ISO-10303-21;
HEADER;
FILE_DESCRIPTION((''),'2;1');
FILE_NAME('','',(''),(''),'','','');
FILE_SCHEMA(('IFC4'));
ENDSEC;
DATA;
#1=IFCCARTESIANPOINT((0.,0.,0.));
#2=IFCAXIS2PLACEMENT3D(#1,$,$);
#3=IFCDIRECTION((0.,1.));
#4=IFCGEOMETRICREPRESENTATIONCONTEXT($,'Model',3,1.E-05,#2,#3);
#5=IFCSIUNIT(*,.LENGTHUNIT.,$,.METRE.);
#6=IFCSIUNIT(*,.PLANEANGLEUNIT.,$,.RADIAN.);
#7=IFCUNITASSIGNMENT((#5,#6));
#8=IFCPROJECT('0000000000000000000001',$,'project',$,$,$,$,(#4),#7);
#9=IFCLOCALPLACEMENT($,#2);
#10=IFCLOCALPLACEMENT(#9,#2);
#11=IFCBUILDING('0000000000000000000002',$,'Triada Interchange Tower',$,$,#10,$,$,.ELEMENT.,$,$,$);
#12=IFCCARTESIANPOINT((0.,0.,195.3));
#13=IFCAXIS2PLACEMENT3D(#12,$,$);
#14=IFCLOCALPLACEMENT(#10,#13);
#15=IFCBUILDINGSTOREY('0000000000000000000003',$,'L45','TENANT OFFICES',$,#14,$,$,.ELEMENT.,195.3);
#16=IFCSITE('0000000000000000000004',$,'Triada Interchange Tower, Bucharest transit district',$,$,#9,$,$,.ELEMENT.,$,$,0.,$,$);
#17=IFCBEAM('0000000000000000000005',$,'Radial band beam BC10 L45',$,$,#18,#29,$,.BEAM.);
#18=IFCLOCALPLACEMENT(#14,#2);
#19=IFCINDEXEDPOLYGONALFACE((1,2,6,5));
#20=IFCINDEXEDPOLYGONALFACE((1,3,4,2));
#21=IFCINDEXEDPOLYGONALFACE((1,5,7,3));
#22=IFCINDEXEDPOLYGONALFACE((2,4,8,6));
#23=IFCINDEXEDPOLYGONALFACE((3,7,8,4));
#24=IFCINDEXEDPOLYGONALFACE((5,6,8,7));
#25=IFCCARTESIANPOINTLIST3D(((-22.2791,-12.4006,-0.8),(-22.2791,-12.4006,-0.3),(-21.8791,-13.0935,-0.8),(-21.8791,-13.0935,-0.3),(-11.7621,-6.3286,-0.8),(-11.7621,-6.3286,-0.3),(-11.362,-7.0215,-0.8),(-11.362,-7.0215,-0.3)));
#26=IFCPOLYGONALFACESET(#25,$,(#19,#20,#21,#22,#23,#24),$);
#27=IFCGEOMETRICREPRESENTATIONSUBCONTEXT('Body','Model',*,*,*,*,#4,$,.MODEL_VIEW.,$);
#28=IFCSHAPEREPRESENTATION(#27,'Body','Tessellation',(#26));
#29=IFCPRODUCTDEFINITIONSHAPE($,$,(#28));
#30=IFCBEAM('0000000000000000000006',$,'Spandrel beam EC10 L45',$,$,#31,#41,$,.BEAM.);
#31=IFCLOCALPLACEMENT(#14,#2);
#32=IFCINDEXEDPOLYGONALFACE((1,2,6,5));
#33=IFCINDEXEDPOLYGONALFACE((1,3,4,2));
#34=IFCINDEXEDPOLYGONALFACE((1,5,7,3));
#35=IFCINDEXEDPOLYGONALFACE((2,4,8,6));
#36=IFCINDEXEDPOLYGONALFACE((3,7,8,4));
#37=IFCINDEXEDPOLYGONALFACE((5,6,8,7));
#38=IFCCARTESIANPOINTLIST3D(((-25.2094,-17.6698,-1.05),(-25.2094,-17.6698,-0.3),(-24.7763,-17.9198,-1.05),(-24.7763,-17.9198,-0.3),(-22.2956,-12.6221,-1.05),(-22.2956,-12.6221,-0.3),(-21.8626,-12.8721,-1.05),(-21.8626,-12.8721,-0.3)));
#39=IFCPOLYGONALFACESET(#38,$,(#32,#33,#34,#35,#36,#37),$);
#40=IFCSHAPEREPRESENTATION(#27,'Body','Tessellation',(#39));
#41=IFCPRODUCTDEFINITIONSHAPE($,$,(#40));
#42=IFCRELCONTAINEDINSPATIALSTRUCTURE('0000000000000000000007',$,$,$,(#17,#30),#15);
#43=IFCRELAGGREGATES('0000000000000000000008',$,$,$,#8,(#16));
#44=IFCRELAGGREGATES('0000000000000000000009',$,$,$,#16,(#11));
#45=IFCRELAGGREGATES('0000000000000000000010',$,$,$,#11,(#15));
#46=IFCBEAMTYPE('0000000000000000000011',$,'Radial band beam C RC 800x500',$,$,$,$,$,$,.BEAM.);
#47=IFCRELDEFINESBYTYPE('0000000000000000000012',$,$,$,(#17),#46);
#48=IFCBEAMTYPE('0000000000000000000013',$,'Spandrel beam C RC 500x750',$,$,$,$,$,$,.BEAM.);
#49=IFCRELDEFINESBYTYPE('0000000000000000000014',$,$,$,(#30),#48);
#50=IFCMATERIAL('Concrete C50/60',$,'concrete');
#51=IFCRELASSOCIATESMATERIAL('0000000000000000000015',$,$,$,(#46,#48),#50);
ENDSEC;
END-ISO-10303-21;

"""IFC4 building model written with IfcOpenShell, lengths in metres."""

from ifc_helpers import new_model, si_unit, direction, frame, origin, origin_2d, place, context, subcontext, project, spatial, rectangle, extrude, material, material_profile, profile_set, type_object, element, save


model = new_model("IFC4")

# Units and contexts
model_context = context("Model", 3, precision=1e-05, world=origin(), true_north=direction((0.0, 1.0)))
body_context = subcontext(model_context, "Body", "Model", "MODEL_VIEW")
ifc_project = project(units=[si_unit("LENGTHUNIT", "METRE"), si_unit("PLANEANGLEUNIT", "RADIAN")], contexts=[model_context])

# Site, building, storey
site_placement = place(None, origin())
site = spatial("IfcSite", under=ifc_project, at=site_placement, Name="Triada Interchange Tower, Bucharest transit district", CompositionType="ELEMENT", RefElevation=0.0)
building_placement = place(site_placement, origin())
building = spatial("IfcBuilding", under=site, at=building_placement, Name="Triada Interchange Tower", CompositionType="ELEMENT")
storey_placement = place(building_placement, frame((0.0, 0.0, 195.3)))
storey = spatial("IfcBuildingStorey", under=building, at=storey_placement, Name="L45", Description="TENANT OFFICES", CompositionType="ELEMENT", Elevation=195.3)

# Beams
ifc_material_1 = material(Name="Concrete C50/60", Category="concrete")
ifc_material_profile_1 = material_profile(ifc_material_1, rectangle(XDim=0.8, YDim=0.5, at=origin_2d()), Name="RC 800x500")
ifc_profile_set_1 = profile_set([ifc_material_profile_1], Name="Concrete C50/60")
beam_type_1 = type_object("IfcBeamType", Name="Radial band beam C RC 800x500", PredefinedType="BEAM", material=ifc_profile_set_1)
beam_1_placement = place(storey_placement, frame((-22.0791, -12.7471, -0.55), z_axis=(0.866026, 0.499999, 0.0), x_axis=(-0.499999, 0.866026, 0.0)))
element("IfcBeam", 1, at=beam_1_placement, inside=storey, type_object=beam_type_1, Name="Radial band beam BC10 L45", PredefinedType="BEAM", context=body_context, shape_type="SweptSolid", body=[
    extrude(rectangle(XDim=0.8, YDim=0.5, at=origin_2d()), origin(), (0.0, 0.0, 1.0), 12.144),
])
ifc_material_profile_2 = material_profile(ifc_material_1, rectangle(XDim=0.5, YDim=0.75, at=origin_2d()), Name="RC 500x750")
ifc_profile_set_2 = profile_set([ifc_material_profile_2], Name="Concrete C50/60")
beam_type_2 = type_object("IfcBeamType", Name="Spandrel beam C RC 500x750", PredefinedType="BEAM", material=ifc_profile_set_2)
beam_2_placement = place(storey_placement, frame((-22.0791, -12.7471, -0.675), z_axis=(-0.499928, -0.866067, 0.0), x_axis=(0.866067, -0.499928, 0.0)))
element("IfcBeam", 2, at=beam_2_placement, inside=storey, type_object=beam_type_2, Name="Spandrel beam EC10 L45", PredefinedType="BEAM", context=body_context, shape_type="SweptSolid", body=[
    extrude(rectangle(XDim=0.5, YDim=0.75, at=origin_2d()), origin(), (0.0, 0.0, 1.0), 5.8284),
])

save(model, "model.ifc")
